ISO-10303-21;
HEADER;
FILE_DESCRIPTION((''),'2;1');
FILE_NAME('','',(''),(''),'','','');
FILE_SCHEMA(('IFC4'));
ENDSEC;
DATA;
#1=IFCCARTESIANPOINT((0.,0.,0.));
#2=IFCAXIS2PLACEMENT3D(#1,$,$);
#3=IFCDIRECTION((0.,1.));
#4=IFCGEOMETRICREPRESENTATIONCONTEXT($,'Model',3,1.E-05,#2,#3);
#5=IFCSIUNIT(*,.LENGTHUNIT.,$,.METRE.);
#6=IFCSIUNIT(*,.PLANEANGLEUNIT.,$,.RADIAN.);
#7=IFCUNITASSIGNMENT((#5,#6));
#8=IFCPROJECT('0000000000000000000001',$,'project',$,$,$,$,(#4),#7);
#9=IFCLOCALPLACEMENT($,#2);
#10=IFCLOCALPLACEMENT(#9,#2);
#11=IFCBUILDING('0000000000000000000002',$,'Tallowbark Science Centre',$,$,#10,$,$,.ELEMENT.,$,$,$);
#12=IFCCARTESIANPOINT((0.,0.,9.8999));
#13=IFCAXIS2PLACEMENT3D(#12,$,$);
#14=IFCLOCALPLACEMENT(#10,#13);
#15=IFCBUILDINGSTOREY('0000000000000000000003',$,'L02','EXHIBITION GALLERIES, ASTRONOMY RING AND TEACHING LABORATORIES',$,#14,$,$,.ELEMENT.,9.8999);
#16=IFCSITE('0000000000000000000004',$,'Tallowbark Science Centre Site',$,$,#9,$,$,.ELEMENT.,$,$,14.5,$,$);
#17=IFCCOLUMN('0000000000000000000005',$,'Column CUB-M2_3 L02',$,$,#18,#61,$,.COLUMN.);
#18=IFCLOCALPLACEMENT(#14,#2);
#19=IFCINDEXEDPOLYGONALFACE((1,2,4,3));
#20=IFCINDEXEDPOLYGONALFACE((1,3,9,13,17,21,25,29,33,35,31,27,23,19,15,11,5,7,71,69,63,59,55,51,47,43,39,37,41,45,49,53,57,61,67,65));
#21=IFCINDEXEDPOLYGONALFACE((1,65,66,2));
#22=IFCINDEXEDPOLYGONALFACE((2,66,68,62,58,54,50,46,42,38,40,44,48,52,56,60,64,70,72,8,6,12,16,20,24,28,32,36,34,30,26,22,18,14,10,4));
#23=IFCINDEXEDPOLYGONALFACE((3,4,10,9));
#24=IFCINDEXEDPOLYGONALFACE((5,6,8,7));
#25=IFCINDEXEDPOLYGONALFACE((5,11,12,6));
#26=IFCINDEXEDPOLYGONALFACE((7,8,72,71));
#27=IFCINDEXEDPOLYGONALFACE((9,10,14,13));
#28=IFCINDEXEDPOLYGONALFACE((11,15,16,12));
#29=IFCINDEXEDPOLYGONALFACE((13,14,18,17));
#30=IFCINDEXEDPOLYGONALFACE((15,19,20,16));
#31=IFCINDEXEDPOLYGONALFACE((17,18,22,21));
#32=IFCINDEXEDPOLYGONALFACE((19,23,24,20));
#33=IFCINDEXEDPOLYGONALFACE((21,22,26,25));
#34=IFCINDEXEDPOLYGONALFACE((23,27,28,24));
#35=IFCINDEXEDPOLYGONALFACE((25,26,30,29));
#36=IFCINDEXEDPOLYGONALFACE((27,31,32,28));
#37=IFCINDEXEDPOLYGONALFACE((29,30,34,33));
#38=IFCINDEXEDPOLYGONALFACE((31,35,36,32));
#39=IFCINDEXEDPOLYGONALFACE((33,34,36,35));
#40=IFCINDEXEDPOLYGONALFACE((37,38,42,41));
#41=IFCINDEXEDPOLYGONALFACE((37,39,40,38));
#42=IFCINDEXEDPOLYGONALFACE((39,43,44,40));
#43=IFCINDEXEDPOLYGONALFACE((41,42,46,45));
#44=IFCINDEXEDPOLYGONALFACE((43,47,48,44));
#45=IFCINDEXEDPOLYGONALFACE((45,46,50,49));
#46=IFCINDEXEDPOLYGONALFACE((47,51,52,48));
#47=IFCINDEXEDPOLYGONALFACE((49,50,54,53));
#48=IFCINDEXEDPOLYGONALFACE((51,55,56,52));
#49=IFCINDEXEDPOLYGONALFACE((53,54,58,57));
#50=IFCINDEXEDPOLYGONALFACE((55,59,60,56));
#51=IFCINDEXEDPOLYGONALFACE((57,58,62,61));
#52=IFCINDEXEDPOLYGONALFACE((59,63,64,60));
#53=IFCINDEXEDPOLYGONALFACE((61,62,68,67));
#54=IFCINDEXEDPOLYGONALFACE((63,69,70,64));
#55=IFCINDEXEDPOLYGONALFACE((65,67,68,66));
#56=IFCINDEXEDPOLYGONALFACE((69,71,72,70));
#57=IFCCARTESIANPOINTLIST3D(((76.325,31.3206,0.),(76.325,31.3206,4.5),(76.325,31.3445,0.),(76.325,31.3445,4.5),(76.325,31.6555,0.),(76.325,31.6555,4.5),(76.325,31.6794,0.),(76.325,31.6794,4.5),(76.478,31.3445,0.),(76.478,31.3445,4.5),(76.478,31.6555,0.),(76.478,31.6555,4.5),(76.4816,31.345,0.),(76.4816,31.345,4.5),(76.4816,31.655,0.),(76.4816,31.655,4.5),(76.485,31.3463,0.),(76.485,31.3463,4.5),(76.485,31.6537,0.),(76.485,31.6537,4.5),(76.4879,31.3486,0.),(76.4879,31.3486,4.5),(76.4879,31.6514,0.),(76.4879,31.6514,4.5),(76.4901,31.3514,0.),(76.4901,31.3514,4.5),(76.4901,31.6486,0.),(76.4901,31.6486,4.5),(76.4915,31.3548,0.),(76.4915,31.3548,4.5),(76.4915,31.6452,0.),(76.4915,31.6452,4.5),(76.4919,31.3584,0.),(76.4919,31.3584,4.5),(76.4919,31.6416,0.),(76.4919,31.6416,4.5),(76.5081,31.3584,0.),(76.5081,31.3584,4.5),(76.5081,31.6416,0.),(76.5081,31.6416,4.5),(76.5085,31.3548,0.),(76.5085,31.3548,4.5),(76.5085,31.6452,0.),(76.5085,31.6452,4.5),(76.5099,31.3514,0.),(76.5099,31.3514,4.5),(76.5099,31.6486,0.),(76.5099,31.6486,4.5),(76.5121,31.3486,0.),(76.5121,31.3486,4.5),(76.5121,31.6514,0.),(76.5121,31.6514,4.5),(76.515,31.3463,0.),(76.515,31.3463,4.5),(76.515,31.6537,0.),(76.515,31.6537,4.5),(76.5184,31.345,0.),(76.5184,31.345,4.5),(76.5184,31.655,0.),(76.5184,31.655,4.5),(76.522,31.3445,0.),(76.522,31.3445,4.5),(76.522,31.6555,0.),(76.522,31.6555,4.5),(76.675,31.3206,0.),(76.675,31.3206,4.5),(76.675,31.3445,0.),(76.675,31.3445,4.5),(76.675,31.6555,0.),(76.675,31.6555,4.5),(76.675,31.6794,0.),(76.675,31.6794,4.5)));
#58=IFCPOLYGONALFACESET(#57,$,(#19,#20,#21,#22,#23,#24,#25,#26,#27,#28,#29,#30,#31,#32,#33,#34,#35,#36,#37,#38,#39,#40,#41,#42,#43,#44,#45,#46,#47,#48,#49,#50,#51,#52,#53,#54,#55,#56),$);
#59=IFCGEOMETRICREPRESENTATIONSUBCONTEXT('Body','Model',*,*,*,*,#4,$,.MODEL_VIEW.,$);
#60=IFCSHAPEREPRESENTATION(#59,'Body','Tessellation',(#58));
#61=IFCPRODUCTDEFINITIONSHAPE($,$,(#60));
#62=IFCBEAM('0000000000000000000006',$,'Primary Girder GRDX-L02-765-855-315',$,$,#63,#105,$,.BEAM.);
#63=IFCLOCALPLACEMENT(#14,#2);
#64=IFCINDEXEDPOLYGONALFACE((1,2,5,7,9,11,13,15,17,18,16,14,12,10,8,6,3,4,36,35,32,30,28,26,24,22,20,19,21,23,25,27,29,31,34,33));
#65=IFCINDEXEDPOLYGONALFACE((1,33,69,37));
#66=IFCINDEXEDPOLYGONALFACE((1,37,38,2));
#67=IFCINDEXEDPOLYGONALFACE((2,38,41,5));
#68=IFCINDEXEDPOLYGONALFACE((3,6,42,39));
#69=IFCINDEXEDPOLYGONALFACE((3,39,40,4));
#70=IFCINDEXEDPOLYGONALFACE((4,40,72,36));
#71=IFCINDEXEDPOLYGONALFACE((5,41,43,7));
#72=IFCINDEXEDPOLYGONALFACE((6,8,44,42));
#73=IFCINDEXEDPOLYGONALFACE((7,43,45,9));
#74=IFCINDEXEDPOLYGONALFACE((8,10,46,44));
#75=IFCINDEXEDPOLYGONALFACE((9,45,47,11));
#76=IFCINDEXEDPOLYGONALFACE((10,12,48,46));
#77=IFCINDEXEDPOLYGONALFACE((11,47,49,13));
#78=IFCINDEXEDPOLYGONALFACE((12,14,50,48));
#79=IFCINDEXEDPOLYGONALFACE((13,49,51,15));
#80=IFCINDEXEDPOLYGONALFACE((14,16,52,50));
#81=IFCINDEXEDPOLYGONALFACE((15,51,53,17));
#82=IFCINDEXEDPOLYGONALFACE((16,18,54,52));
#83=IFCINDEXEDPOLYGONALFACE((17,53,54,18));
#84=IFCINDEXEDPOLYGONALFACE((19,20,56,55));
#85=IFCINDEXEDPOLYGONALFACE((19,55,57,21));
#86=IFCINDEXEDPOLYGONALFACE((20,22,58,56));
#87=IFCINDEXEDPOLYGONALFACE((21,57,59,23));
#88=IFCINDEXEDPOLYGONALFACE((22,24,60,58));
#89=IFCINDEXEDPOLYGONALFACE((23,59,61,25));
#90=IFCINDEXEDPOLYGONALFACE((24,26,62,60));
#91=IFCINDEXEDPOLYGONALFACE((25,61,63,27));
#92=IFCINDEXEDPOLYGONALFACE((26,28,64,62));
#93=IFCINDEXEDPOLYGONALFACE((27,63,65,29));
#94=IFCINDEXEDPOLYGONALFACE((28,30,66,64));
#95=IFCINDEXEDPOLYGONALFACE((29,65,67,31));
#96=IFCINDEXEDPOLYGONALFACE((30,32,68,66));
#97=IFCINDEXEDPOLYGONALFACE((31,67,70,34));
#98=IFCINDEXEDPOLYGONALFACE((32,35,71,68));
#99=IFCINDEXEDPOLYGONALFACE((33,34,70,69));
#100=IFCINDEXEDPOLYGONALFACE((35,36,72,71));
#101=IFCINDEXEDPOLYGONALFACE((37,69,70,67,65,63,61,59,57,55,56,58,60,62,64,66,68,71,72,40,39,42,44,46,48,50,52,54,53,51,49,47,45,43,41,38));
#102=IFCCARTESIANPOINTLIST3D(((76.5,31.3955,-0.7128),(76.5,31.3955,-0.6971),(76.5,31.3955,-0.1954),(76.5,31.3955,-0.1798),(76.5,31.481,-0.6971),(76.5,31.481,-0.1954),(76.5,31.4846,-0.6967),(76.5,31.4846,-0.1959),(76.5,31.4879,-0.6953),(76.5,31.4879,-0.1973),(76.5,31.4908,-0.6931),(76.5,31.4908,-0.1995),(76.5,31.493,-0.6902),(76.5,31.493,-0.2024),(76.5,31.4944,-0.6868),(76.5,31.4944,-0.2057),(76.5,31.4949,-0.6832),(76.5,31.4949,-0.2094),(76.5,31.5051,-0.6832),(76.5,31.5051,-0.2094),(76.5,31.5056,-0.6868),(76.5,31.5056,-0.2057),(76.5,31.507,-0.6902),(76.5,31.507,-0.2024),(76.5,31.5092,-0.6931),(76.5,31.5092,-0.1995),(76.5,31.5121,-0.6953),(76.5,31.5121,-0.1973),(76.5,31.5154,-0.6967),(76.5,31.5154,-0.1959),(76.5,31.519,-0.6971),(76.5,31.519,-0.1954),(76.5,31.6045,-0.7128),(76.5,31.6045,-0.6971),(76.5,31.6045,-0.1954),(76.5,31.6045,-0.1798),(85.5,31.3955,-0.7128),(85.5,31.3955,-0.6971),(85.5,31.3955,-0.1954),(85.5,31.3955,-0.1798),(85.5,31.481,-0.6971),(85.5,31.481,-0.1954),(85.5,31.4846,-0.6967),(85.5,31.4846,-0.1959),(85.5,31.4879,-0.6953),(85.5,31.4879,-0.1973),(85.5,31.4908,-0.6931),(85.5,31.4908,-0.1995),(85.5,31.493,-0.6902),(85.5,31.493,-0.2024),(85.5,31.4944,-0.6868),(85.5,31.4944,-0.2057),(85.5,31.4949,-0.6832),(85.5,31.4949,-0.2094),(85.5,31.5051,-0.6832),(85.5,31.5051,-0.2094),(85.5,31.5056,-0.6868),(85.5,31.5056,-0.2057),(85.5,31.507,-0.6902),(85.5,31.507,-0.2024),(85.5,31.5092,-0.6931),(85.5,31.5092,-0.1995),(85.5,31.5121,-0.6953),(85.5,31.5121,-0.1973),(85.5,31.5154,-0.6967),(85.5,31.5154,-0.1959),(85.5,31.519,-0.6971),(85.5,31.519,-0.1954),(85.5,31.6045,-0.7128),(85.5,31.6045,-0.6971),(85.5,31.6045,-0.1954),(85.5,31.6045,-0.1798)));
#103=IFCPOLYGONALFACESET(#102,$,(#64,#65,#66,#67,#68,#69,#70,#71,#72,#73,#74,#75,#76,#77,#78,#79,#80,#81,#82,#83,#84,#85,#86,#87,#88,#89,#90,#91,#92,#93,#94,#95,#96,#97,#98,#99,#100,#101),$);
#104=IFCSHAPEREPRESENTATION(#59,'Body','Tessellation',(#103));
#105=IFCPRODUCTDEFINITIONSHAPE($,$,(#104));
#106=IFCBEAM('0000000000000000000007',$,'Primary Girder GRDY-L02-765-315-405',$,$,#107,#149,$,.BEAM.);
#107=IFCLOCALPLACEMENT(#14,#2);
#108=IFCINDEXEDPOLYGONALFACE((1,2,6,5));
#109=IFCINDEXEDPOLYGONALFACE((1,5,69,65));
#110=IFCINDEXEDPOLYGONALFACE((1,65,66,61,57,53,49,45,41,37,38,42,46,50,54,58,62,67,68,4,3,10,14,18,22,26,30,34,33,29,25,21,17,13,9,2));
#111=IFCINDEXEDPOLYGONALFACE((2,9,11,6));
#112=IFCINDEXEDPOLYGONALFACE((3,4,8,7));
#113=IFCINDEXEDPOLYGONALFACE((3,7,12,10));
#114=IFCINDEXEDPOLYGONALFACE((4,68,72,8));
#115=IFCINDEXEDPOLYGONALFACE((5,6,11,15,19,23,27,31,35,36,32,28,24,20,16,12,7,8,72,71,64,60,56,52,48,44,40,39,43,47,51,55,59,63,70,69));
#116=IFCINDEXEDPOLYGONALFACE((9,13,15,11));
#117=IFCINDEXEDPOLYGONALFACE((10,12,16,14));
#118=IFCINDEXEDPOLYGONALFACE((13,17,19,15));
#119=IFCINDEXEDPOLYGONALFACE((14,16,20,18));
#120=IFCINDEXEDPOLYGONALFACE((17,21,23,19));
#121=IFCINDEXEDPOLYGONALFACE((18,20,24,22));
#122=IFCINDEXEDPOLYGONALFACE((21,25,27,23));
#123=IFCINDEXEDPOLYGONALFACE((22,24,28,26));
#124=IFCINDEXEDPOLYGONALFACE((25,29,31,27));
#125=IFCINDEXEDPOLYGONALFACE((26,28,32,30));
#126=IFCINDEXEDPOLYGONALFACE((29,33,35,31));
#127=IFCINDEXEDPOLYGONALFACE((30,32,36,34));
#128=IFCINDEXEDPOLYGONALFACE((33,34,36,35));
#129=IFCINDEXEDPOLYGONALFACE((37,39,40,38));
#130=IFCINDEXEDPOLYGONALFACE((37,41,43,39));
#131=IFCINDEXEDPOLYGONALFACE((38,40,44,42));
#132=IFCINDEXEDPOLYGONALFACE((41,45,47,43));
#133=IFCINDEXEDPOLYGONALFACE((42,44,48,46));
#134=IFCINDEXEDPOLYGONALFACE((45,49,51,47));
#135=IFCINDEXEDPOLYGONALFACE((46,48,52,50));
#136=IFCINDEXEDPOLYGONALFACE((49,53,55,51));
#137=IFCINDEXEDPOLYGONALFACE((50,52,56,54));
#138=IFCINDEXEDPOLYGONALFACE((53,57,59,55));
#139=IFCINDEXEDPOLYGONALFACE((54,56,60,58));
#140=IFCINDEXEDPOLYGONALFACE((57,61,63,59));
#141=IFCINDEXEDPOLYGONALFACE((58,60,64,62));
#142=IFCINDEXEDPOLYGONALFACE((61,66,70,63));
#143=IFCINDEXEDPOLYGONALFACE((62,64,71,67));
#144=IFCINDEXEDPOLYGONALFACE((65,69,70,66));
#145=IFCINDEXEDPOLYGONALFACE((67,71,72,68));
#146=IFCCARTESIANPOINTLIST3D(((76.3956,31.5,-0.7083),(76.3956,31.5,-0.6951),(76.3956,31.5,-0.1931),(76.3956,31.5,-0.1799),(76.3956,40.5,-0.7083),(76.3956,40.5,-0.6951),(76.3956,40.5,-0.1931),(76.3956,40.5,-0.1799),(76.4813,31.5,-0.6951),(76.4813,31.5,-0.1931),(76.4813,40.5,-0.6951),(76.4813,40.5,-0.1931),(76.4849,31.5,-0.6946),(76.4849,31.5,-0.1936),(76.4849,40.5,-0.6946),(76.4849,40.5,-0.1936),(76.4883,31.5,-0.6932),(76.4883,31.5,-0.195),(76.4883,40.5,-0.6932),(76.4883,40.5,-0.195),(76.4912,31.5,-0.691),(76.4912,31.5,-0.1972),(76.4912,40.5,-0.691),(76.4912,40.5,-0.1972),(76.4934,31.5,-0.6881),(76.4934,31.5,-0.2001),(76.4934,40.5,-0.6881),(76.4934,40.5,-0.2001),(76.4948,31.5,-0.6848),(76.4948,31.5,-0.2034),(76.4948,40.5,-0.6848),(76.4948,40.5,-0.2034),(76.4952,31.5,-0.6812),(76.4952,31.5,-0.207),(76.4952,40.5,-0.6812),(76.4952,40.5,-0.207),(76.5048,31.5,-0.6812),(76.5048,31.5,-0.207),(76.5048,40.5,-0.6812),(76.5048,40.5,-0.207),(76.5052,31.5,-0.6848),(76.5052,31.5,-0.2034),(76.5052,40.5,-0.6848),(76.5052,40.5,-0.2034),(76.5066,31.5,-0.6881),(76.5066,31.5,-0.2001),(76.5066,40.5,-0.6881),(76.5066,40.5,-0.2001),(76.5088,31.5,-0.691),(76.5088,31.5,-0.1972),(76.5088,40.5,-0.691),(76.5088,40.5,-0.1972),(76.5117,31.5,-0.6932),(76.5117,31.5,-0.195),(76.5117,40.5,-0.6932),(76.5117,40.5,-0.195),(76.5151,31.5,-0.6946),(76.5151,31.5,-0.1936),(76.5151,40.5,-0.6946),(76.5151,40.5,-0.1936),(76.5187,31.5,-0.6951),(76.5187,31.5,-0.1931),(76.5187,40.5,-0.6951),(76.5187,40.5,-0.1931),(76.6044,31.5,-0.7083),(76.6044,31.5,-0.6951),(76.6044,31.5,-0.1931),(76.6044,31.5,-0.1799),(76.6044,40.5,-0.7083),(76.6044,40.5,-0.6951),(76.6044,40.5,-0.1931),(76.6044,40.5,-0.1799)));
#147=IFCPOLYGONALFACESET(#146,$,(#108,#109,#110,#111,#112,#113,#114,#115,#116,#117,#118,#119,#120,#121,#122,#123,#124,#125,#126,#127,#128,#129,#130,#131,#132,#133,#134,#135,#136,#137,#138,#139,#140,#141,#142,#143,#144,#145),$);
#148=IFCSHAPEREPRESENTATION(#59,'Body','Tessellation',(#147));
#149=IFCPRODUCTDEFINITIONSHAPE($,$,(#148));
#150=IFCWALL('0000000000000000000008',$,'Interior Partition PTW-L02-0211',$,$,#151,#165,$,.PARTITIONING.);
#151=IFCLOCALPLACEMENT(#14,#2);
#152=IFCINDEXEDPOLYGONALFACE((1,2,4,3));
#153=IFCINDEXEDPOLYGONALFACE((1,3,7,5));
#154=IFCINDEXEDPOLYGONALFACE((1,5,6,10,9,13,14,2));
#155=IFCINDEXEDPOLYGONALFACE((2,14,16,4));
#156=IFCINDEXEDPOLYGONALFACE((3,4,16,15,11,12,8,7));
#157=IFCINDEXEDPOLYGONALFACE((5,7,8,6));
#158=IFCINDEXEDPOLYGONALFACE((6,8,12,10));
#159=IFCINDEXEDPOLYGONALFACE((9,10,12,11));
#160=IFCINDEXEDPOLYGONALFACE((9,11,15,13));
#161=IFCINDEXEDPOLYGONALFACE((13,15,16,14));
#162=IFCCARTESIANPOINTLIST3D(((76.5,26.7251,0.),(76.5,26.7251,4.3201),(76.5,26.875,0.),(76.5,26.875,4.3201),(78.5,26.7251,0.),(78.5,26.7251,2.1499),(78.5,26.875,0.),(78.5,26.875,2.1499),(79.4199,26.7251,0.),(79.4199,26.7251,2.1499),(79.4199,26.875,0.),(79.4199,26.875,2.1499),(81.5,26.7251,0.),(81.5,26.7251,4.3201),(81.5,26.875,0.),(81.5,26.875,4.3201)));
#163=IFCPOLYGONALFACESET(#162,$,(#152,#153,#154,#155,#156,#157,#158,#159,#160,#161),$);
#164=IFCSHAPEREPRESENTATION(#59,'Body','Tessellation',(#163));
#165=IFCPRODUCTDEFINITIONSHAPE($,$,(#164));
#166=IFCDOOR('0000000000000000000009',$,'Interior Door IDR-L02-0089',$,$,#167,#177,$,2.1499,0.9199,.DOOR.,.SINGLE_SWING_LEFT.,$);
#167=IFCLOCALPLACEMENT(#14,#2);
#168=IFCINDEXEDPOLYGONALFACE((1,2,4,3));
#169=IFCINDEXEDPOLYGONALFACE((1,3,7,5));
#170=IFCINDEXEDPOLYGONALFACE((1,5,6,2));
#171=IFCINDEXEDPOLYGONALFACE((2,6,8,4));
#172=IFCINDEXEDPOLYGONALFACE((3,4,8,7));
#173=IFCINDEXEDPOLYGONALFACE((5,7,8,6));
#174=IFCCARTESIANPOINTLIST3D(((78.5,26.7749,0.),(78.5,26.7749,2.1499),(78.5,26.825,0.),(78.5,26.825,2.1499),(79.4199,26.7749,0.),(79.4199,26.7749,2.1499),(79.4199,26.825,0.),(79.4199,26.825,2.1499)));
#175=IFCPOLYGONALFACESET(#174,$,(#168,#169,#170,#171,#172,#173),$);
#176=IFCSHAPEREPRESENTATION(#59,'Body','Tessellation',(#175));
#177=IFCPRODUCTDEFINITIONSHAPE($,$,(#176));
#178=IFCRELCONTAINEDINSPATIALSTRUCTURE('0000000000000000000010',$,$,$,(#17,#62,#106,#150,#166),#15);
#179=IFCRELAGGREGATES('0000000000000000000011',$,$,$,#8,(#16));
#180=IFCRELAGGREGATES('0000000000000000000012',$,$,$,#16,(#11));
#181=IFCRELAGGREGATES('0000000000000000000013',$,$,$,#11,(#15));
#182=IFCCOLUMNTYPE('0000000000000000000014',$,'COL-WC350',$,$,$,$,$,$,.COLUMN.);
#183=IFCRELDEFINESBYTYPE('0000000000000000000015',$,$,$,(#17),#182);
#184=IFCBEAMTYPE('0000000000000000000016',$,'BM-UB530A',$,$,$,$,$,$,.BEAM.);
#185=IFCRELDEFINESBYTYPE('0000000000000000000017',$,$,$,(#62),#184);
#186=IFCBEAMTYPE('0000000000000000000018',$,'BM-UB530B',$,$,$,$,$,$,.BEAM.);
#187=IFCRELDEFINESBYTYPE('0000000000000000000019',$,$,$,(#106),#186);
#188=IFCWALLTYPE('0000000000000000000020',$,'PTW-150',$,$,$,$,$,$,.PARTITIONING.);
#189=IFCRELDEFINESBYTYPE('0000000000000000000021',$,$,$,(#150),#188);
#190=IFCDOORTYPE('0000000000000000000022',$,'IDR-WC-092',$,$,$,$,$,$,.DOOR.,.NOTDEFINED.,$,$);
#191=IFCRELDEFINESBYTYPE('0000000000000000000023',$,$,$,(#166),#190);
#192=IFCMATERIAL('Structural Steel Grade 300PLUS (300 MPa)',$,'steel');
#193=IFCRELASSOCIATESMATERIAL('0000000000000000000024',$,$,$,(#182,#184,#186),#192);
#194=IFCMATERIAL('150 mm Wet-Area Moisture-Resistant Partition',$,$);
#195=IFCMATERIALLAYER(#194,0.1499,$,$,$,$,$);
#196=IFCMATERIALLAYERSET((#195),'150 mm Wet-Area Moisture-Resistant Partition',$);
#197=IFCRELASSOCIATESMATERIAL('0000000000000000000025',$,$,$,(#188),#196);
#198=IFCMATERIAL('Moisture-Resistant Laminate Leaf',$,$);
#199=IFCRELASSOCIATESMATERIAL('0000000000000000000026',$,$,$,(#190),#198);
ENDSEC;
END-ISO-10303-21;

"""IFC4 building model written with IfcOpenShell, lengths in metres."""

from ifc_helpers import new_model, si_unit, direction, frame, frame_2d, origin, origin_2d, place, context, subcontext, project, spatial, rectangle, i_section, extrude, material, layer, layer_set, material_profile, profile_set, type_object, element, fill, save


model = new_model("IFC4")

# Units and contexts
model_context = context("Model", 3, precision=1e-05, world=origin(), true_north=direction((0.0, 1.0)))
body_context = subcontext(model_context, "Body", "Model", "MODEL_VIEW")
ifc_project = project(units=[si_unit("LENGTHUNIT", "METRE"), si_unit("PLANEANGLEUNIT", "RADIAN")], contexts=[model_context])

# Site, building, storey
site_placement = place(None, origin())
site = spatial("IfcSite", under=ifc_project, at=site_placement, Name="Tallowbark Science Centre Site", CompositionType="ELEMENT", RefElevation=14.5)
building_placement = place(site_placement, origin())
building = spatial("IfcBuilding", under=site, at=building_placement, Name="Tallowbark Science Centre", CompositionType="ELEMENT")
storey_placement = place(building_placement, frame((0.0, 0.0, 9.8999)))
storey = spatial("IfcBuildingStorey", under=building, at=storey_placement, Name="L02", Description="EXHIBITION GALLERIES, ASTRONOMY RING AND TEACHING LABORATORIES", CompositionType="ELEMENT", Elevation=9.8999)

# Column
ifc_material_1 = material(Name="Structural Steel Grade 300PLUS (300 MPa)", Category="steel")
ifc_material_profile_1 = material_profile(ifc_material_1, i_section(OverallWidth=0.3501, OverallDepth=0.3589, WebThickness=0.0161, FlangeThickness=0.0239, FilletRadius=0.0139, at=origin_2d()), Name="350WC197")
ifc_profile_set_1 = profile_set([ifc_material_profile_1], Name="Structural Steel Grade 300PLUS (300 MPa)")
column_type = type_object("IfcColumnType", Name="COL-WC350", PredefinedType="COLUMN", material=ifc_profile_set_1)
column_placement = place(storey_placement, frame((76.5, 31.5, 0.0), z_axis=(0.0, 0.0, 1.0), x_axis=(1.0, 0.0, 0.0)))
element("IfcColumn", 1, at=column_placement, inside=storey, type_object=column_type, Name="Column CUB-M2_3 L02", PredefinedType="COLUMN", context=body_context, shape_type="SweptSolid", body=[
    extrude(i_section(OverallWidth=0.3501, OverallDepth=0.3589, WebThickness=0.0161, FlangeThickness=0.0239, FilletRadius=0.0139, at=origin_2d()), origin(), (0.0, 0.0, 1.0), 4.5),
])

# Beams
ifc_material_profile_2 = material_profile(ifc_material_1, i_section(OverallWidth=0.209, OverallDepth=0.533, WebThickness=0.0103, FlangeThickness=0.0156, FilletRadius=0.0139, at=origin_2d()), Name="530UB92.4")
ifc_profile_set_2 = profile_set([ifc_material_profile_2], Name="Structural Steel Grade 300PLUS (300 MPa)")
beam_type_1 = type_object("IfcBeamType", Name="BM-UB530A", PredefinedType="BEAM", material=ifc_profile_set_2)
beam_1_placement = place(storey_placement, frame((76.5, 31.5, -0.4463), z_axis=(1.0, 0.0, 0.0), x_axis=(0.0, 1.0, 0.0)))
element("IfcBeam", 2, at=beam_1_placement, inside=storey, type_object=beam_type_1, Name="Primary Girder GRDX-L02-765-855-315", PredefinedType="BEAM", context=body_context, shape_type="SweptSolid", body=[
    extrude(i_section(OverallWidth=0.209, OverallDepth=0.533, WebThickness=0.0103, FlangeThickness=0.0156, FilletRadius=0.0139, at=origin_2d()), origin(), (0.0, 0.0, 1.0), 9.0),
])
ifc_material_profile_3 = material_profile(ifc_material_1, i_section(OverallWidth=0.2087, OverallDepth=0.5283, WebThickness=0.0095, FlangeThickness=0.0132, FilletRadius=0.0139, at=origin_2d()), Name="530UB82.0")
ifc_profile_set_3 = profile_set([ifc_material_profile_3], Name="Structural Steel Grade 300PLUS (300 MPa)")
beam_type_2 = type_object("IfcBeamType", Name="BM-UB530B", PredefinedType="BEAM", material=ifc_profile_set_3)
beam_2_placement = place(storey_placement, frame((76.5, 31.5, -0.4441), z_axis=(0.0, 1.0, 0.0), x_axis=(-1.0, 0.0, 0.0)))
element("IfcBeam", 3, at=beam_2_placement, inside=storey, type_object=beam_type_2, Name="Primary Girder GRDY-L02-765-315-405", PredefinedType="BEAM", context=body_context, shape_type="SweptSolid", body=[
    extrude(i_section(OverallWidth=0.2087, OverallDepth=0.5283, WebThickness=0.0095, FlangeThickness=0.0132, FilletRadius=0.0139, at=origin_2d()), origin(), (0.0, 0.0, 1.0), 9.0),
])

# Wall, opening, door
ifc_material_2 = material(Name="150 mm Wet-Area Moisture-Resistant Partition")
ifc_layer_1 = layer(ifc_material_2, 0.1499)
ifc_layer_set_1 = layer_set([ifc_layer_1], Name="150 mm Wet-Area Moisture-Resistant Partition")
wall_type = type_object("IfcWallType", Name="PTW-150", PredefinedType="PARTITIONING", material=ifc_layer_set_1)
wall_1_placement = place(storey_placement, frame((76.5, 26.8, 0.0), z_axis=(0.0, 0.0, 1.0), x_axis=(1.0, 0.0, 0.0)))
wall_1 = element("IfcWall", 4, at=wall_1_placement, inside=storey, type_object=wall_type, Name="Interior Partition PTW-L02-0211", PredefinedType="PARTITIONING", context=body_context, shape_type="SweptSolid", body=[
    extrude(rectangle(XDim=5.0, YDim=0.1499, at=frame_2d((2.5, 0.0))), origin(), (0.0, 0.0, 1.0), 4.3201),
])
opening_1_placement = place(wall_1_placement, frame((2.0, 0.0, 0.0)))
opening_1 = element("IfcOpeningElement", 5, at=opening_1_placement, cuts=wall_1, PredefinedType="OPENING", context=body_context, shape_type="SweptSolid", body=[
    extrude(rectangle(XDim=0.9199, YDim=2.1499, at=frame_2d((0.46, 1.075))), frame((0.0, 0.085, 0.0), z_axis=(0.0, -1.0, 0.0), x_axis=(1.0, 0.0, 0.0)), (0.0, 0.0, 1.0), 0.1699),
])
ifc_material_3 = material(Name="Moisture-Resistant Laminate Leaf")
door_type = type_object("IfcDoorType", Name="IDR-WC-092", OperationType="NOTDEFINED", PredefinedType="DOOR", material=ifc_material_3)
door_1_placement = place(opening_1_placement, origin())
door_1 = element("IfcDoor", 6, at=door_1_placement, inside=storey, type_object=door_type, Name="Interior Door IDR-L02-0089", OperationType="SINGLE_SWING_LEFT", OverallHeight=2.1499, OverallWidth=0.9199, PredefinedType="DOOR", context=body_context, shape_type="SweptSolid", body=[
    extrude(rectangle(XDim=0.9199, YDim=2.1499, at=frame_2d((0.46, 1.075))), frame((0.0, 0.0249, 0.0), z_axis=(0.0, -1.0, 0.0), x_axis=(1.0, 0.0, 0.0)), (0.0, 0.0, 1.0), 0.05),
])
fill(opening_1, door_1)

save(model, "model.ifc")
